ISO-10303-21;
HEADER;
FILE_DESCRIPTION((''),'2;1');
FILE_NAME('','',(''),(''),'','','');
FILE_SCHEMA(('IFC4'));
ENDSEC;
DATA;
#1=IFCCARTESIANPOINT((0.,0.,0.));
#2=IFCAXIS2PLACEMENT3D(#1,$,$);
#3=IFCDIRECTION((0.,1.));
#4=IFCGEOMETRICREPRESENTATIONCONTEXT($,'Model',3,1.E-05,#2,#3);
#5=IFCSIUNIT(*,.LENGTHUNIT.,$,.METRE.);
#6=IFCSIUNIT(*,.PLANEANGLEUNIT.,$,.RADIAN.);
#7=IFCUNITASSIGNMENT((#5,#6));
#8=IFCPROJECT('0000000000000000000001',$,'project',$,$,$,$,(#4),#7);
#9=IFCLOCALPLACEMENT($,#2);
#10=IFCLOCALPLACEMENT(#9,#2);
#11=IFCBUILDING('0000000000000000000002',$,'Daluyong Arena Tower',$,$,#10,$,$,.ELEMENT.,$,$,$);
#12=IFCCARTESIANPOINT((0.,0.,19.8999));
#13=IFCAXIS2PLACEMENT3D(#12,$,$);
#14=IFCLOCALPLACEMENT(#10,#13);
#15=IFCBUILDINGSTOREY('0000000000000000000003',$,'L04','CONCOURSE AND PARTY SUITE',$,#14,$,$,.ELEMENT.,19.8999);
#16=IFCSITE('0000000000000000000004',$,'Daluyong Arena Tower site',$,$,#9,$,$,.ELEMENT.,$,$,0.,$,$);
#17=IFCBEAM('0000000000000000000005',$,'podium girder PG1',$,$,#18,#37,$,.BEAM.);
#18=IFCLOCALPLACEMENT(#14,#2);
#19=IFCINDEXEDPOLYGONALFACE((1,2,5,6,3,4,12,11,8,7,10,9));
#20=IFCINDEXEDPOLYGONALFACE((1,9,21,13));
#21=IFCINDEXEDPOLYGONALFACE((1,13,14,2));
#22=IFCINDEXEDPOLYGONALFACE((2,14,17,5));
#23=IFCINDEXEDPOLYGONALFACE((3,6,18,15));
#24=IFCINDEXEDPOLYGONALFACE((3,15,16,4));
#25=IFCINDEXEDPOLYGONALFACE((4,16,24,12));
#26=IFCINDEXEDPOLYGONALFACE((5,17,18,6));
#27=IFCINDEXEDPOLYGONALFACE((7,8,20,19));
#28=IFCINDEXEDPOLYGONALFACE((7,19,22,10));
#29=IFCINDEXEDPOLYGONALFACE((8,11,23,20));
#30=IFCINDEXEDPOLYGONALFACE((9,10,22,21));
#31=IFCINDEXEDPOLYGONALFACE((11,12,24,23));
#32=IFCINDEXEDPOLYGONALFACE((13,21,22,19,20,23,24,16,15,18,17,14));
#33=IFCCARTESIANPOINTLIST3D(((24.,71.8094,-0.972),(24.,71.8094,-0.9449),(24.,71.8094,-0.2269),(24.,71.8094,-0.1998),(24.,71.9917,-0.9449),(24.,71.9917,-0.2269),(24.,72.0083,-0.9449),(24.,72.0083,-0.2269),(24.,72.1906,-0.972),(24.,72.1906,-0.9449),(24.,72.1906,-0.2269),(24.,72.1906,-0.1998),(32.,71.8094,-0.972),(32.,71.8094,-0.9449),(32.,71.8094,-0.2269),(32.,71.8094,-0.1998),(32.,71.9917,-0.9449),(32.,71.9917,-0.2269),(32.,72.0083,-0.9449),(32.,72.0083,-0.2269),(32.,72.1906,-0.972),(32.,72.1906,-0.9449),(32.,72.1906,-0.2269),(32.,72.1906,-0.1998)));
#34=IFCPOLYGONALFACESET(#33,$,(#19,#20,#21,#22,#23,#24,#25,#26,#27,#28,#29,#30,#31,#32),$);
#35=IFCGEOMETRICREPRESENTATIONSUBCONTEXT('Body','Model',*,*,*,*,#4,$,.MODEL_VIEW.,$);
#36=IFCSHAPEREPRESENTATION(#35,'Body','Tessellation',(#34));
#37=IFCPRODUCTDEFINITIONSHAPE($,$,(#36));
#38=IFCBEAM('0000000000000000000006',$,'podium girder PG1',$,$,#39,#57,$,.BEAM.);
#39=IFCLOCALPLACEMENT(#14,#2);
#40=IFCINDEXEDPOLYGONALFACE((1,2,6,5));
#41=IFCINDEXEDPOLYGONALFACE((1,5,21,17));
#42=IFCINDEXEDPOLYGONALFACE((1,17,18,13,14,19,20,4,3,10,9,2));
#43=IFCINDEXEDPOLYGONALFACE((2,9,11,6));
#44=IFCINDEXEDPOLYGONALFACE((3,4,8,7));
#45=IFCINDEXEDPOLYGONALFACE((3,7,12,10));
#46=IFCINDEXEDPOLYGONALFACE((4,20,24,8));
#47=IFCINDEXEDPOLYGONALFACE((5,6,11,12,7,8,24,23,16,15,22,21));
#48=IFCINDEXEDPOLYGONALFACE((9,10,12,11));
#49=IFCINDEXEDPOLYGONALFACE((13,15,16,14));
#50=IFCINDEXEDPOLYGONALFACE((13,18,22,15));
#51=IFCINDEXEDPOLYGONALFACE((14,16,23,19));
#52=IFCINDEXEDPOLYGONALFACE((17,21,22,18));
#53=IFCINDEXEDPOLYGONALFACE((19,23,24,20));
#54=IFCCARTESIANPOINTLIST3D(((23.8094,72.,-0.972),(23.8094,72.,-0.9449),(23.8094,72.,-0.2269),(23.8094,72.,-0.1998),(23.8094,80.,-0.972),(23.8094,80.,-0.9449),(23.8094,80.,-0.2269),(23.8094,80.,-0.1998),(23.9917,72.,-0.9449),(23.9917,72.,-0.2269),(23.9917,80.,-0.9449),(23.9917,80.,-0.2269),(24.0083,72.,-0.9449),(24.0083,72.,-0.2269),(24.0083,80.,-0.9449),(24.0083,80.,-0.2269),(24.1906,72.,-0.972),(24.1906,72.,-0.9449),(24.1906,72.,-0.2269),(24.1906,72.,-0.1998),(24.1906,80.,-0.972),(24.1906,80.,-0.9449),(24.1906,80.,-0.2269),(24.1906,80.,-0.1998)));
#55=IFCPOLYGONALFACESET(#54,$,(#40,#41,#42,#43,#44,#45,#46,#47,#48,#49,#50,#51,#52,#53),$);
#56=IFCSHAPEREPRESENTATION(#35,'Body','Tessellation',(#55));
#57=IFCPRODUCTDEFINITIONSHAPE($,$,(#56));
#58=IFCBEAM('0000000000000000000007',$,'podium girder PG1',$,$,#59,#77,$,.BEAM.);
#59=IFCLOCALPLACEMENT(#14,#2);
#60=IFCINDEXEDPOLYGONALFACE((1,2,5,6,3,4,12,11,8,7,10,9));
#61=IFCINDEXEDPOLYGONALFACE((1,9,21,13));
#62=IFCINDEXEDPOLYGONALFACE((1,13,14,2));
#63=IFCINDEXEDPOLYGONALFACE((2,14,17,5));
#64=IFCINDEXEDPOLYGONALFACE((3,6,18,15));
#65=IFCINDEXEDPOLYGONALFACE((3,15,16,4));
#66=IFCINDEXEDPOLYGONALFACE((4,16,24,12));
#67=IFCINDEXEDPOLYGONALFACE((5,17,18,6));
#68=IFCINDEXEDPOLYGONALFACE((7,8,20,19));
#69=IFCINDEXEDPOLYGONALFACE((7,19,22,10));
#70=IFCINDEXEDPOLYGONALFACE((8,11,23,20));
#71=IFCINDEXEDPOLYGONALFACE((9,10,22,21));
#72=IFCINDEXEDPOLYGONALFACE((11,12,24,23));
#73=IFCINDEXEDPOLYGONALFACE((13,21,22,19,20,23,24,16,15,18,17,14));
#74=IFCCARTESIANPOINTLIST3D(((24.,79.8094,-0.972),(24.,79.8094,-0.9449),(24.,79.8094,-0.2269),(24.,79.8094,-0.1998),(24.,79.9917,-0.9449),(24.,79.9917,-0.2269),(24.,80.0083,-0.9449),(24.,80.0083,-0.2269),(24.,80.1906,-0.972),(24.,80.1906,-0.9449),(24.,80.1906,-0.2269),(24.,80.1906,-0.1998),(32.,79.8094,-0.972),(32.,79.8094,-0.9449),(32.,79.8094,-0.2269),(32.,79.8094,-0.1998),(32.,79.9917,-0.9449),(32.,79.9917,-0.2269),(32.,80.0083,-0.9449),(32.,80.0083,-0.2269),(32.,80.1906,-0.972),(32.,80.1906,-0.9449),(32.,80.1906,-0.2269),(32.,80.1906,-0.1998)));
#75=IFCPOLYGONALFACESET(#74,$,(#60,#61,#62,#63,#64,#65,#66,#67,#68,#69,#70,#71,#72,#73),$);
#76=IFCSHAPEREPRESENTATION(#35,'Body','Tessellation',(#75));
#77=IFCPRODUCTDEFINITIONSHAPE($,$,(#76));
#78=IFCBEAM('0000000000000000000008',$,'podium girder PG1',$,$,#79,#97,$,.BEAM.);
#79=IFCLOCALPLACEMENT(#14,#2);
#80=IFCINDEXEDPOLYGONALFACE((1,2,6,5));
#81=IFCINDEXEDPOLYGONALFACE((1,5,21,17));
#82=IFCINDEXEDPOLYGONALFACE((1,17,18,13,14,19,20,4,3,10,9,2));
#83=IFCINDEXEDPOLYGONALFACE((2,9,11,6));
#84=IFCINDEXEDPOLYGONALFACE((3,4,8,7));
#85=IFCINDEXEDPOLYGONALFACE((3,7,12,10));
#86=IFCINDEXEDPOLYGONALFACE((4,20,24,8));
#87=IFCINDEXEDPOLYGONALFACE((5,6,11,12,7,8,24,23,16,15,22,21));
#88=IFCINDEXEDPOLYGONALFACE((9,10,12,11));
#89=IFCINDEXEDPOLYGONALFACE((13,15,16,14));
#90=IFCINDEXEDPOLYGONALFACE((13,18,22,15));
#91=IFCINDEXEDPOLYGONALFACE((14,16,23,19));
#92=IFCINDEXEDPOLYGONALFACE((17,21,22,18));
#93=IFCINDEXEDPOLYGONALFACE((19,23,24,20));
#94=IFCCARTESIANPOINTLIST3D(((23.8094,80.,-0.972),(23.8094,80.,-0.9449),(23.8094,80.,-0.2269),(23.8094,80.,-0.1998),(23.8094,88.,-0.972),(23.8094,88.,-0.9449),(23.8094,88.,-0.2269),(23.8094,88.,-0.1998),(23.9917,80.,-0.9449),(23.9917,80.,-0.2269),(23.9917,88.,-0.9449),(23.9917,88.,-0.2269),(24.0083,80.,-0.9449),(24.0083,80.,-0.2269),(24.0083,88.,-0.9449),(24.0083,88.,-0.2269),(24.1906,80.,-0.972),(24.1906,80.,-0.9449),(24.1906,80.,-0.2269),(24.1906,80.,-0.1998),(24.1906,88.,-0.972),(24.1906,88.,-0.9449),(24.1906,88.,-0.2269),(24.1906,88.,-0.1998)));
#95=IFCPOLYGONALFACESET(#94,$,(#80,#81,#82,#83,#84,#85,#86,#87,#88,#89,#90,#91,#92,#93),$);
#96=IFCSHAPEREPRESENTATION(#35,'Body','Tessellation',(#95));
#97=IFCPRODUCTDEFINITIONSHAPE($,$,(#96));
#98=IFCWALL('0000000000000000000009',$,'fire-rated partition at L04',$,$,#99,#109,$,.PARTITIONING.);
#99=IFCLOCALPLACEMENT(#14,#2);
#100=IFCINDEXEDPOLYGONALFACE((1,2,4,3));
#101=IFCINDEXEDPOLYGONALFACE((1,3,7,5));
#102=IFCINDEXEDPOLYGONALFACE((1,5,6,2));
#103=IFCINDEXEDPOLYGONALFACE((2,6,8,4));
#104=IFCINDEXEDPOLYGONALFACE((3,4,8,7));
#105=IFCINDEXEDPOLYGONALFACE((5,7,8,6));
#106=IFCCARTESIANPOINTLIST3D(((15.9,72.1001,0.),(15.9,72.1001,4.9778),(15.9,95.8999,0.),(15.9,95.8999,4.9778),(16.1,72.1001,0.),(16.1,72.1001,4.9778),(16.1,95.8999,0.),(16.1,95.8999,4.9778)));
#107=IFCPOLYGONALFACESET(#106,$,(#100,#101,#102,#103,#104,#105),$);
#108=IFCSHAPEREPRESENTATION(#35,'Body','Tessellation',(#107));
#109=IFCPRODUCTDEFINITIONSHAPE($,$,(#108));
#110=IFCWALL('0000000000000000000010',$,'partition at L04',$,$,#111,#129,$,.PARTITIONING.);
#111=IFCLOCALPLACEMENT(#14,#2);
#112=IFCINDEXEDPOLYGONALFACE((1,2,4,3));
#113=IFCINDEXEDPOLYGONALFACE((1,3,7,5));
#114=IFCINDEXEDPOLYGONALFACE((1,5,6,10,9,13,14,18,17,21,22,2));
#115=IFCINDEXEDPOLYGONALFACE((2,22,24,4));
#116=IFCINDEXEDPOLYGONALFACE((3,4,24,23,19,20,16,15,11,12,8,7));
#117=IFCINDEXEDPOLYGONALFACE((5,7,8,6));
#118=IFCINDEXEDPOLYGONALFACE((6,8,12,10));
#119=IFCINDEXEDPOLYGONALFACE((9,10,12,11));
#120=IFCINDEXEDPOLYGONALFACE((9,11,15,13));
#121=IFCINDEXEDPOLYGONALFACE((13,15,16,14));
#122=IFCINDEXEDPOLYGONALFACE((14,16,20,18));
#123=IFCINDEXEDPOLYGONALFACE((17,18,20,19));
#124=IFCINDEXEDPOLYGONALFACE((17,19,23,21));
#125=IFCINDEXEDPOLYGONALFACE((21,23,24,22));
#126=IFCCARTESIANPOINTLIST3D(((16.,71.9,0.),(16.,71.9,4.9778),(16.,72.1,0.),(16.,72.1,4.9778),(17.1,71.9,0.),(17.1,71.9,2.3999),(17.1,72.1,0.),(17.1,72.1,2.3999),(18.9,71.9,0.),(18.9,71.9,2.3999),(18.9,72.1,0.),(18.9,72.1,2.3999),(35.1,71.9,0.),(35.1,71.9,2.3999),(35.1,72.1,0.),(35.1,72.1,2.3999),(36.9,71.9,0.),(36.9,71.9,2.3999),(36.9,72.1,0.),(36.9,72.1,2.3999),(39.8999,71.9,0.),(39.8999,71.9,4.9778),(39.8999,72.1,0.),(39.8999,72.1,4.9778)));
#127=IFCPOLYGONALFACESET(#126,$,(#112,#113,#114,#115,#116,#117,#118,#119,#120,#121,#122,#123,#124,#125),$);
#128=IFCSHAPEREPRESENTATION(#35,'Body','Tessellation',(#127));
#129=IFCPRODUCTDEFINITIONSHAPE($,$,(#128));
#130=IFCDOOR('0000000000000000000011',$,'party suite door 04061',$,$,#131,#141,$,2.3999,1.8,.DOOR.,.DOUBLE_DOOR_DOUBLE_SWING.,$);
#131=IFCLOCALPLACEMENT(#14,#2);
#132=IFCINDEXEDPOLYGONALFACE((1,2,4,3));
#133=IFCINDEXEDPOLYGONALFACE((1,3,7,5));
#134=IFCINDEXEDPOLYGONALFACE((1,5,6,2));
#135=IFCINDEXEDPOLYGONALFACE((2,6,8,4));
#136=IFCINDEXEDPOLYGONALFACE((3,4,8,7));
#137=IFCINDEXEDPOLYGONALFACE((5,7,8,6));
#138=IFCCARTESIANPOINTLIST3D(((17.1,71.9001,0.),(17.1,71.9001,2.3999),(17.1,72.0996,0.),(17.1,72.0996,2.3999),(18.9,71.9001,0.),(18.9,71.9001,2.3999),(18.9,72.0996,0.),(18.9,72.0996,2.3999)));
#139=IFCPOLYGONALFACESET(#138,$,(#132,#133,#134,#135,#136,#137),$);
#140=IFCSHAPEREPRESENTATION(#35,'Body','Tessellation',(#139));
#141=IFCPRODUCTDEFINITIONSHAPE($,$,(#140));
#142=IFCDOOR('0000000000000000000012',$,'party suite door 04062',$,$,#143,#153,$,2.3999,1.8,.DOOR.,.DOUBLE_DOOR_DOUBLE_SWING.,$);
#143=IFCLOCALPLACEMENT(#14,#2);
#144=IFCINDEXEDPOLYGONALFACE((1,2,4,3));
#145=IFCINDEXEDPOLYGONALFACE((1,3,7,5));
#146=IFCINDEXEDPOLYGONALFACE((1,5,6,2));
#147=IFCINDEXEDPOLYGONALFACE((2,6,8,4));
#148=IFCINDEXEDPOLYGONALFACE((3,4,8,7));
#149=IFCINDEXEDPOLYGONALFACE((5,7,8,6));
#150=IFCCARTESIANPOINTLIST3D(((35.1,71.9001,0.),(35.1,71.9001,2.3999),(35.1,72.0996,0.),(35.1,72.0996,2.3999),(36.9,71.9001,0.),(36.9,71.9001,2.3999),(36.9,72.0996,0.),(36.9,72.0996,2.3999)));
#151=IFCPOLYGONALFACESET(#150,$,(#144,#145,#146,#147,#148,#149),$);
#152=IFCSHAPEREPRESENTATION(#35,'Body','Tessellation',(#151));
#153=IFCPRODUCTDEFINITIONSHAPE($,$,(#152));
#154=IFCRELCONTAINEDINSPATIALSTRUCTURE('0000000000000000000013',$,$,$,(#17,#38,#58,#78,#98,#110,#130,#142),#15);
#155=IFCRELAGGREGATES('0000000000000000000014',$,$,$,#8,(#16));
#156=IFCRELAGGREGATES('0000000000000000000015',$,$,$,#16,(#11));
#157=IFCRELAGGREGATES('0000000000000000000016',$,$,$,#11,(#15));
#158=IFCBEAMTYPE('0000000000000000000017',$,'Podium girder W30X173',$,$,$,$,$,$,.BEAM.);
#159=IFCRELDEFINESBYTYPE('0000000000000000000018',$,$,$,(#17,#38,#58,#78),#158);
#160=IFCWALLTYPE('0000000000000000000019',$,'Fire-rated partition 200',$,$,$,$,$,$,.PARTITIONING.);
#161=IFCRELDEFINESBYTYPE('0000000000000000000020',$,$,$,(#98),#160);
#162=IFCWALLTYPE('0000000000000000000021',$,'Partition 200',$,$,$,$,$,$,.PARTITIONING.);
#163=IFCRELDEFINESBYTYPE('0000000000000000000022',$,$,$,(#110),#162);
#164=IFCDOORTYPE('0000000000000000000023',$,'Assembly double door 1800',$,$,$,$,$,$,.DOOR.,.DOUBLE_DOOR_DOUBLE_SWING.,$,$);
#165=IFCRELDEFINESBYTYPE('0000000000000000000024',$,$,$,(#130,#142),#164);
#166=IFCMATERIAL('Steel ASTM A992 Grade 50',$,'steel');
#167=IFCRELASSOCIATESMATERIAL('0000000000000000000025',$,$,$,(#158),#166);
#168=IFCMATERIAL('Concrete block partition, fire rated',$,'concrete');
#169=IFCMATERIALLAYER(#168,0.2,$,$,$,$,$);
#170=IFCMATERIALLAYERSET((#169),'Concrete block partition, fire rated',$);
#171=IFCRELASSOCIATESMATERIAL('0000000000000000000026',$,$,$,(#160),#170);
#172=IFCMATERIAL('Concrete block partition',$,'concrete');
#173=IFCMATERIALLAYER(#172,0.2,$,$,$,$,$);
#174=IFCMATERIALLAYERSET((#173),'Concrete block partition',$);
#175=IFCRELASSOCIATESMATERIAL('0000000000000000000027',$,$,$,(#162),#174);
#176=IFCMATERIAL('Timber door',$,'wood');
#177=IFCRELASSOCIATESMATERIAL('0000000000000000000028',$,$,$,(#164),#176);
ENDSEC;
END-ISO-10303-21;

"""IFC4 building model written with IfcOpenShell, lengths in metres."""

from ifc_helpers import new_model, si_unit, direction, frame, frame_2d, origin, origin_2d, place, context, subcontext, project, spatial, rectangle, i_section, extrude, material, layer, layer_set, material_profile, profile_set, type_object, element, fill, save


model = new_model("IFC4")

# Units and contexts
model_context = context("Model", 3, precision=1e-05, world=origin(), true_north=direction((0.0, 1.0)))
body_context = subcontext(model_context, "Body", "Model", "MODEL_VIEW")
ifc_project = project(units=[si_unit("LENGTHUNIT", "METRE"), si_unit("PLANEANGLEUNIT", "RADIAN")], contexts=[model_context])

# Site, building, storey
site_placement = place(None, origin())
site = spatial("IfcSite", under=ifc_project, at=site_placement, Name="Daluyong Arena Tower site", CompositionType="ELEMENT", RefElevation=0.0)
building_placement = place(site_placement, origin())
building = spatial("IfcBuilding", under=site, at=building_placement, Name="Daluyong Arena Tower", CompositionType="ELEMENT")
storey_placement = place(building_placement, frame((0.0, 0.0, 19.8999)))
storey = spatial("IfcBuildingStorey", under=building, at=storey_placement, Name="L04", Description="CONCOURSE AND PARTY SUITE", CompositionType="ELEMENT", Elevation=19.8999)

# Beams
ifc_material_1 = material(Name="Steel ASTM A992 Grade 50", Category="steel")
ifc_material_profile_1 = material_profile(ifc_material_1, i_section(OverallWidth=0.3811, OverallDepth=0.7722, WebThickness=0.0166, FlangeThickness=0.0271, at=origin_2d()))
ifc_profile_set_1 = profile_set([ifc_material_profile_1], Name="Steel ASTM A992 Grade 50")
beam_type_1 = type_object("IfcBeamType", Name="Podium girder W30X173", PredefinedType="BEAM", material=ifc_profile_set_1)
for number, where, z_axis, x_axis, name in (
    (1, (24.0, 72.0, -0.5859), (1.0, 0.0, 0.0), (0.0, 1.0, 0.0), "podium girder PG1"),
    (2, (24.0, 72.0, -0.5859), (0.0, 1.0, 0.0), (-1.0, 0.0, 0.0), "podium girder PG1"),
    (3, (24.0, 80.0, -0.5859), (1.0, 0.0, 0.0), (0.0, 1.0, 0.0), "podium girder PG1"),
    (4, (24.0, 80.0, -0.5859), (0.0, 1.0, 0.0), (-1.0, 0.0, 0.0), "podium girder PG1"),
):
    element("IfcBeam", number, at=place(storey_placement, frame(where, z_axis=z_axis, x_axis=x_axis)), inside=storey, type_object=beam_type_1, Name=name, PredefinedType="BEAM", context=body_context, shape_type="SweptSolid", body=[
        extrude(i_section(OverallWidth=0.3811, OverallDepth=0.7722, WebThickness=0.0166, FlangeThickness=0.0271, at=origin_2d()), origin(), (0.0, 0.0, 1.0), 8.0),
    ])

# Wall
ifc_material_2 = material(Name="Concrete block partition, fire rated", Category="concrete")
ifc_layer_1 = layer(ifc_material_2, 0.2)
ifc_layer_set_1 = layer_set([ifc_layer_1], Name="Concrete block partition, fire rated")
wall_type_1 = type_object("IfcWallType", Name="Fire-rated partition 200", PredefinedType="PARTITIONING", material=ifc_layer_set_1)
wall_1_placement = place(storey_placement, frame((16.0, 72.1001, 0.0), z_axis=(0.0, 0.0, 1.0), x_axis=(0.0, 1.0, 0.0)))
element("IfcWall", 5, at=wall_1_placement, inside=storey, type_object=wall_type_1, Name="fire-rated partition at L04", PredefinedType="PARTITIONING", context=body_context, shape_type="SweptSolid", body=[
    extrude(rectangle(XDim=23.7998, YDim=0.2, at=frame_2d((11.8999, 0.0))), origin(), (0.0, 0.0, 1.0), 4.9778),
])

# Wall, openings, doors
ifc_material_3 = material(Name="Concrete block partition", Category="concrete")
ifc_layer_2 = layer(ifc_material_3, 0.2)
ifc_layer_set_2 = layer_set([ifc_layer_2], Name="Concrete block partition")
wall_type_2 = type_object("IfcWallType", Name="Partition 200", PredefinedType="PARTITIONING", material=ifc_layer_set_2)
wall_2_placement = place(storey_placement, frame((16.0, 72.0, 0.0), z_axis=(0.0, 0.0, 1.0), x_axis=(1.0, 0.0, 0.0)))
wall_2 = element("IfcWall", 6, at=wall_2_placement, inside=storey, type_object=wall_type_2, Name="partition at L04", PredefinedType="PARTITIONING", context=body_context, shape_type="SweptSolid", body=[
    extrude(rectangle(XDim=23.8999, YDim=0.2, at=frame_2d((11.95, 0.0))), origin(), (0.0, 0.0, 1.0), 4.9778),
])
opening_1_placement = place(wall_2_placement, frame((1.1001, 0.0, 0.0)))
opening_1 = element("IfcOpeningElement", 7, at=opening_1_placement, cuts=wall_2, PredefinedType="OPENING", context=body_context, shape_type="SweptSolid", body=[
    extrude(rectangle(XDim=1.8, YDim=2.3999, at=frame_2d((0.8999, 1.2))), frame((0.0, 0.1099, 0.0), z_axis=(0.0, -1.0, 0.0), x_axis=(1.0, 0.0, 0.0)), (0.0, 0.0, 1.0), 0.22),
])
opening_2_placement = place(wall_2_placement, frame((19.1001, 0.0, 0.0)))
opening_2 = element("IfcOpeningElement", 8, at=opening_2_placement, cuts=wall_2, PredefinedType="OPENING", context=body_context, shape_type="SweptSolid", body=[
    extrude(rectangle(XDim=1.8, YDim=2.3999, at=frame_2d((0.8999, 1.2))), frame((0.0, 0.1099, 0.0), z_axis=(0.0, -1.0, 0.0), x_axis=(1.0, 0.0, 0.0)), (0.0, 0.0, 1.0), 0.22),
])
ifc_material_4 = material(Name="Timber door", Category="wood")
door_type = type_object("IfcDoorType", Name="Assembly double door 1800", OperationType="DOUBLE_DOOR_DOUBLE_SWING", PredefinedType="DOOR", material=ifc_material_4)
door_1_placement = place(opening_1_placement, origin())
door_1 = element("IfcDoor", 9, at=door_1_placement, inside=storey, type_object=door_type, Name="party suite door 04061", OperationType="DOUBLE_DOOR_DOUBLE_SWING", OverallHeight=2.3999, OverallWidth=1.8, PredefinedType="DOOR", context=body_context, shape_type="SweptSolid", body=[
    extrude(rectangle(XDim=1.8, YDim=2.3999, at=frame_2d((0.8999, 1.2))), frame((0.0, 0.0996, 0.0), z_axis=(0.0, -1.0, 0.0), x_axis=(1.0, 0.0, 0.0)), (0.0, 0.0, 1.0), 0.1995),
])
fill(opening_1, door_1)
door_2_placement = place(opening_2_placement, origin())
door_2 = element("IfcDoor", 10, at=door_2_placement, inside=storey, type_object=door_type, Name="party suite door 04062", OperationType="DOUBLE_DOOR_DOUBLE_SWING", OverallHeight=2.3999, OverallWidth=1.8, PredefinedType="DOOR", context=body_context, shape_type="SweptSolid", body=[
    extrude(rectangle(XDim=1.8, YDim=2.3999, at=frame_2d((0.8999, 1.2))), frame((0.0, 0.0996, 0.0), z_axis=(0.0, -1.0, 0.0), x_axis=(1.0, 0.0, 0.0)), (0.0, 0.0, 1.0), 0.1995),
])
fill(opening_2, door_2)

save(model, "model.ifc")
